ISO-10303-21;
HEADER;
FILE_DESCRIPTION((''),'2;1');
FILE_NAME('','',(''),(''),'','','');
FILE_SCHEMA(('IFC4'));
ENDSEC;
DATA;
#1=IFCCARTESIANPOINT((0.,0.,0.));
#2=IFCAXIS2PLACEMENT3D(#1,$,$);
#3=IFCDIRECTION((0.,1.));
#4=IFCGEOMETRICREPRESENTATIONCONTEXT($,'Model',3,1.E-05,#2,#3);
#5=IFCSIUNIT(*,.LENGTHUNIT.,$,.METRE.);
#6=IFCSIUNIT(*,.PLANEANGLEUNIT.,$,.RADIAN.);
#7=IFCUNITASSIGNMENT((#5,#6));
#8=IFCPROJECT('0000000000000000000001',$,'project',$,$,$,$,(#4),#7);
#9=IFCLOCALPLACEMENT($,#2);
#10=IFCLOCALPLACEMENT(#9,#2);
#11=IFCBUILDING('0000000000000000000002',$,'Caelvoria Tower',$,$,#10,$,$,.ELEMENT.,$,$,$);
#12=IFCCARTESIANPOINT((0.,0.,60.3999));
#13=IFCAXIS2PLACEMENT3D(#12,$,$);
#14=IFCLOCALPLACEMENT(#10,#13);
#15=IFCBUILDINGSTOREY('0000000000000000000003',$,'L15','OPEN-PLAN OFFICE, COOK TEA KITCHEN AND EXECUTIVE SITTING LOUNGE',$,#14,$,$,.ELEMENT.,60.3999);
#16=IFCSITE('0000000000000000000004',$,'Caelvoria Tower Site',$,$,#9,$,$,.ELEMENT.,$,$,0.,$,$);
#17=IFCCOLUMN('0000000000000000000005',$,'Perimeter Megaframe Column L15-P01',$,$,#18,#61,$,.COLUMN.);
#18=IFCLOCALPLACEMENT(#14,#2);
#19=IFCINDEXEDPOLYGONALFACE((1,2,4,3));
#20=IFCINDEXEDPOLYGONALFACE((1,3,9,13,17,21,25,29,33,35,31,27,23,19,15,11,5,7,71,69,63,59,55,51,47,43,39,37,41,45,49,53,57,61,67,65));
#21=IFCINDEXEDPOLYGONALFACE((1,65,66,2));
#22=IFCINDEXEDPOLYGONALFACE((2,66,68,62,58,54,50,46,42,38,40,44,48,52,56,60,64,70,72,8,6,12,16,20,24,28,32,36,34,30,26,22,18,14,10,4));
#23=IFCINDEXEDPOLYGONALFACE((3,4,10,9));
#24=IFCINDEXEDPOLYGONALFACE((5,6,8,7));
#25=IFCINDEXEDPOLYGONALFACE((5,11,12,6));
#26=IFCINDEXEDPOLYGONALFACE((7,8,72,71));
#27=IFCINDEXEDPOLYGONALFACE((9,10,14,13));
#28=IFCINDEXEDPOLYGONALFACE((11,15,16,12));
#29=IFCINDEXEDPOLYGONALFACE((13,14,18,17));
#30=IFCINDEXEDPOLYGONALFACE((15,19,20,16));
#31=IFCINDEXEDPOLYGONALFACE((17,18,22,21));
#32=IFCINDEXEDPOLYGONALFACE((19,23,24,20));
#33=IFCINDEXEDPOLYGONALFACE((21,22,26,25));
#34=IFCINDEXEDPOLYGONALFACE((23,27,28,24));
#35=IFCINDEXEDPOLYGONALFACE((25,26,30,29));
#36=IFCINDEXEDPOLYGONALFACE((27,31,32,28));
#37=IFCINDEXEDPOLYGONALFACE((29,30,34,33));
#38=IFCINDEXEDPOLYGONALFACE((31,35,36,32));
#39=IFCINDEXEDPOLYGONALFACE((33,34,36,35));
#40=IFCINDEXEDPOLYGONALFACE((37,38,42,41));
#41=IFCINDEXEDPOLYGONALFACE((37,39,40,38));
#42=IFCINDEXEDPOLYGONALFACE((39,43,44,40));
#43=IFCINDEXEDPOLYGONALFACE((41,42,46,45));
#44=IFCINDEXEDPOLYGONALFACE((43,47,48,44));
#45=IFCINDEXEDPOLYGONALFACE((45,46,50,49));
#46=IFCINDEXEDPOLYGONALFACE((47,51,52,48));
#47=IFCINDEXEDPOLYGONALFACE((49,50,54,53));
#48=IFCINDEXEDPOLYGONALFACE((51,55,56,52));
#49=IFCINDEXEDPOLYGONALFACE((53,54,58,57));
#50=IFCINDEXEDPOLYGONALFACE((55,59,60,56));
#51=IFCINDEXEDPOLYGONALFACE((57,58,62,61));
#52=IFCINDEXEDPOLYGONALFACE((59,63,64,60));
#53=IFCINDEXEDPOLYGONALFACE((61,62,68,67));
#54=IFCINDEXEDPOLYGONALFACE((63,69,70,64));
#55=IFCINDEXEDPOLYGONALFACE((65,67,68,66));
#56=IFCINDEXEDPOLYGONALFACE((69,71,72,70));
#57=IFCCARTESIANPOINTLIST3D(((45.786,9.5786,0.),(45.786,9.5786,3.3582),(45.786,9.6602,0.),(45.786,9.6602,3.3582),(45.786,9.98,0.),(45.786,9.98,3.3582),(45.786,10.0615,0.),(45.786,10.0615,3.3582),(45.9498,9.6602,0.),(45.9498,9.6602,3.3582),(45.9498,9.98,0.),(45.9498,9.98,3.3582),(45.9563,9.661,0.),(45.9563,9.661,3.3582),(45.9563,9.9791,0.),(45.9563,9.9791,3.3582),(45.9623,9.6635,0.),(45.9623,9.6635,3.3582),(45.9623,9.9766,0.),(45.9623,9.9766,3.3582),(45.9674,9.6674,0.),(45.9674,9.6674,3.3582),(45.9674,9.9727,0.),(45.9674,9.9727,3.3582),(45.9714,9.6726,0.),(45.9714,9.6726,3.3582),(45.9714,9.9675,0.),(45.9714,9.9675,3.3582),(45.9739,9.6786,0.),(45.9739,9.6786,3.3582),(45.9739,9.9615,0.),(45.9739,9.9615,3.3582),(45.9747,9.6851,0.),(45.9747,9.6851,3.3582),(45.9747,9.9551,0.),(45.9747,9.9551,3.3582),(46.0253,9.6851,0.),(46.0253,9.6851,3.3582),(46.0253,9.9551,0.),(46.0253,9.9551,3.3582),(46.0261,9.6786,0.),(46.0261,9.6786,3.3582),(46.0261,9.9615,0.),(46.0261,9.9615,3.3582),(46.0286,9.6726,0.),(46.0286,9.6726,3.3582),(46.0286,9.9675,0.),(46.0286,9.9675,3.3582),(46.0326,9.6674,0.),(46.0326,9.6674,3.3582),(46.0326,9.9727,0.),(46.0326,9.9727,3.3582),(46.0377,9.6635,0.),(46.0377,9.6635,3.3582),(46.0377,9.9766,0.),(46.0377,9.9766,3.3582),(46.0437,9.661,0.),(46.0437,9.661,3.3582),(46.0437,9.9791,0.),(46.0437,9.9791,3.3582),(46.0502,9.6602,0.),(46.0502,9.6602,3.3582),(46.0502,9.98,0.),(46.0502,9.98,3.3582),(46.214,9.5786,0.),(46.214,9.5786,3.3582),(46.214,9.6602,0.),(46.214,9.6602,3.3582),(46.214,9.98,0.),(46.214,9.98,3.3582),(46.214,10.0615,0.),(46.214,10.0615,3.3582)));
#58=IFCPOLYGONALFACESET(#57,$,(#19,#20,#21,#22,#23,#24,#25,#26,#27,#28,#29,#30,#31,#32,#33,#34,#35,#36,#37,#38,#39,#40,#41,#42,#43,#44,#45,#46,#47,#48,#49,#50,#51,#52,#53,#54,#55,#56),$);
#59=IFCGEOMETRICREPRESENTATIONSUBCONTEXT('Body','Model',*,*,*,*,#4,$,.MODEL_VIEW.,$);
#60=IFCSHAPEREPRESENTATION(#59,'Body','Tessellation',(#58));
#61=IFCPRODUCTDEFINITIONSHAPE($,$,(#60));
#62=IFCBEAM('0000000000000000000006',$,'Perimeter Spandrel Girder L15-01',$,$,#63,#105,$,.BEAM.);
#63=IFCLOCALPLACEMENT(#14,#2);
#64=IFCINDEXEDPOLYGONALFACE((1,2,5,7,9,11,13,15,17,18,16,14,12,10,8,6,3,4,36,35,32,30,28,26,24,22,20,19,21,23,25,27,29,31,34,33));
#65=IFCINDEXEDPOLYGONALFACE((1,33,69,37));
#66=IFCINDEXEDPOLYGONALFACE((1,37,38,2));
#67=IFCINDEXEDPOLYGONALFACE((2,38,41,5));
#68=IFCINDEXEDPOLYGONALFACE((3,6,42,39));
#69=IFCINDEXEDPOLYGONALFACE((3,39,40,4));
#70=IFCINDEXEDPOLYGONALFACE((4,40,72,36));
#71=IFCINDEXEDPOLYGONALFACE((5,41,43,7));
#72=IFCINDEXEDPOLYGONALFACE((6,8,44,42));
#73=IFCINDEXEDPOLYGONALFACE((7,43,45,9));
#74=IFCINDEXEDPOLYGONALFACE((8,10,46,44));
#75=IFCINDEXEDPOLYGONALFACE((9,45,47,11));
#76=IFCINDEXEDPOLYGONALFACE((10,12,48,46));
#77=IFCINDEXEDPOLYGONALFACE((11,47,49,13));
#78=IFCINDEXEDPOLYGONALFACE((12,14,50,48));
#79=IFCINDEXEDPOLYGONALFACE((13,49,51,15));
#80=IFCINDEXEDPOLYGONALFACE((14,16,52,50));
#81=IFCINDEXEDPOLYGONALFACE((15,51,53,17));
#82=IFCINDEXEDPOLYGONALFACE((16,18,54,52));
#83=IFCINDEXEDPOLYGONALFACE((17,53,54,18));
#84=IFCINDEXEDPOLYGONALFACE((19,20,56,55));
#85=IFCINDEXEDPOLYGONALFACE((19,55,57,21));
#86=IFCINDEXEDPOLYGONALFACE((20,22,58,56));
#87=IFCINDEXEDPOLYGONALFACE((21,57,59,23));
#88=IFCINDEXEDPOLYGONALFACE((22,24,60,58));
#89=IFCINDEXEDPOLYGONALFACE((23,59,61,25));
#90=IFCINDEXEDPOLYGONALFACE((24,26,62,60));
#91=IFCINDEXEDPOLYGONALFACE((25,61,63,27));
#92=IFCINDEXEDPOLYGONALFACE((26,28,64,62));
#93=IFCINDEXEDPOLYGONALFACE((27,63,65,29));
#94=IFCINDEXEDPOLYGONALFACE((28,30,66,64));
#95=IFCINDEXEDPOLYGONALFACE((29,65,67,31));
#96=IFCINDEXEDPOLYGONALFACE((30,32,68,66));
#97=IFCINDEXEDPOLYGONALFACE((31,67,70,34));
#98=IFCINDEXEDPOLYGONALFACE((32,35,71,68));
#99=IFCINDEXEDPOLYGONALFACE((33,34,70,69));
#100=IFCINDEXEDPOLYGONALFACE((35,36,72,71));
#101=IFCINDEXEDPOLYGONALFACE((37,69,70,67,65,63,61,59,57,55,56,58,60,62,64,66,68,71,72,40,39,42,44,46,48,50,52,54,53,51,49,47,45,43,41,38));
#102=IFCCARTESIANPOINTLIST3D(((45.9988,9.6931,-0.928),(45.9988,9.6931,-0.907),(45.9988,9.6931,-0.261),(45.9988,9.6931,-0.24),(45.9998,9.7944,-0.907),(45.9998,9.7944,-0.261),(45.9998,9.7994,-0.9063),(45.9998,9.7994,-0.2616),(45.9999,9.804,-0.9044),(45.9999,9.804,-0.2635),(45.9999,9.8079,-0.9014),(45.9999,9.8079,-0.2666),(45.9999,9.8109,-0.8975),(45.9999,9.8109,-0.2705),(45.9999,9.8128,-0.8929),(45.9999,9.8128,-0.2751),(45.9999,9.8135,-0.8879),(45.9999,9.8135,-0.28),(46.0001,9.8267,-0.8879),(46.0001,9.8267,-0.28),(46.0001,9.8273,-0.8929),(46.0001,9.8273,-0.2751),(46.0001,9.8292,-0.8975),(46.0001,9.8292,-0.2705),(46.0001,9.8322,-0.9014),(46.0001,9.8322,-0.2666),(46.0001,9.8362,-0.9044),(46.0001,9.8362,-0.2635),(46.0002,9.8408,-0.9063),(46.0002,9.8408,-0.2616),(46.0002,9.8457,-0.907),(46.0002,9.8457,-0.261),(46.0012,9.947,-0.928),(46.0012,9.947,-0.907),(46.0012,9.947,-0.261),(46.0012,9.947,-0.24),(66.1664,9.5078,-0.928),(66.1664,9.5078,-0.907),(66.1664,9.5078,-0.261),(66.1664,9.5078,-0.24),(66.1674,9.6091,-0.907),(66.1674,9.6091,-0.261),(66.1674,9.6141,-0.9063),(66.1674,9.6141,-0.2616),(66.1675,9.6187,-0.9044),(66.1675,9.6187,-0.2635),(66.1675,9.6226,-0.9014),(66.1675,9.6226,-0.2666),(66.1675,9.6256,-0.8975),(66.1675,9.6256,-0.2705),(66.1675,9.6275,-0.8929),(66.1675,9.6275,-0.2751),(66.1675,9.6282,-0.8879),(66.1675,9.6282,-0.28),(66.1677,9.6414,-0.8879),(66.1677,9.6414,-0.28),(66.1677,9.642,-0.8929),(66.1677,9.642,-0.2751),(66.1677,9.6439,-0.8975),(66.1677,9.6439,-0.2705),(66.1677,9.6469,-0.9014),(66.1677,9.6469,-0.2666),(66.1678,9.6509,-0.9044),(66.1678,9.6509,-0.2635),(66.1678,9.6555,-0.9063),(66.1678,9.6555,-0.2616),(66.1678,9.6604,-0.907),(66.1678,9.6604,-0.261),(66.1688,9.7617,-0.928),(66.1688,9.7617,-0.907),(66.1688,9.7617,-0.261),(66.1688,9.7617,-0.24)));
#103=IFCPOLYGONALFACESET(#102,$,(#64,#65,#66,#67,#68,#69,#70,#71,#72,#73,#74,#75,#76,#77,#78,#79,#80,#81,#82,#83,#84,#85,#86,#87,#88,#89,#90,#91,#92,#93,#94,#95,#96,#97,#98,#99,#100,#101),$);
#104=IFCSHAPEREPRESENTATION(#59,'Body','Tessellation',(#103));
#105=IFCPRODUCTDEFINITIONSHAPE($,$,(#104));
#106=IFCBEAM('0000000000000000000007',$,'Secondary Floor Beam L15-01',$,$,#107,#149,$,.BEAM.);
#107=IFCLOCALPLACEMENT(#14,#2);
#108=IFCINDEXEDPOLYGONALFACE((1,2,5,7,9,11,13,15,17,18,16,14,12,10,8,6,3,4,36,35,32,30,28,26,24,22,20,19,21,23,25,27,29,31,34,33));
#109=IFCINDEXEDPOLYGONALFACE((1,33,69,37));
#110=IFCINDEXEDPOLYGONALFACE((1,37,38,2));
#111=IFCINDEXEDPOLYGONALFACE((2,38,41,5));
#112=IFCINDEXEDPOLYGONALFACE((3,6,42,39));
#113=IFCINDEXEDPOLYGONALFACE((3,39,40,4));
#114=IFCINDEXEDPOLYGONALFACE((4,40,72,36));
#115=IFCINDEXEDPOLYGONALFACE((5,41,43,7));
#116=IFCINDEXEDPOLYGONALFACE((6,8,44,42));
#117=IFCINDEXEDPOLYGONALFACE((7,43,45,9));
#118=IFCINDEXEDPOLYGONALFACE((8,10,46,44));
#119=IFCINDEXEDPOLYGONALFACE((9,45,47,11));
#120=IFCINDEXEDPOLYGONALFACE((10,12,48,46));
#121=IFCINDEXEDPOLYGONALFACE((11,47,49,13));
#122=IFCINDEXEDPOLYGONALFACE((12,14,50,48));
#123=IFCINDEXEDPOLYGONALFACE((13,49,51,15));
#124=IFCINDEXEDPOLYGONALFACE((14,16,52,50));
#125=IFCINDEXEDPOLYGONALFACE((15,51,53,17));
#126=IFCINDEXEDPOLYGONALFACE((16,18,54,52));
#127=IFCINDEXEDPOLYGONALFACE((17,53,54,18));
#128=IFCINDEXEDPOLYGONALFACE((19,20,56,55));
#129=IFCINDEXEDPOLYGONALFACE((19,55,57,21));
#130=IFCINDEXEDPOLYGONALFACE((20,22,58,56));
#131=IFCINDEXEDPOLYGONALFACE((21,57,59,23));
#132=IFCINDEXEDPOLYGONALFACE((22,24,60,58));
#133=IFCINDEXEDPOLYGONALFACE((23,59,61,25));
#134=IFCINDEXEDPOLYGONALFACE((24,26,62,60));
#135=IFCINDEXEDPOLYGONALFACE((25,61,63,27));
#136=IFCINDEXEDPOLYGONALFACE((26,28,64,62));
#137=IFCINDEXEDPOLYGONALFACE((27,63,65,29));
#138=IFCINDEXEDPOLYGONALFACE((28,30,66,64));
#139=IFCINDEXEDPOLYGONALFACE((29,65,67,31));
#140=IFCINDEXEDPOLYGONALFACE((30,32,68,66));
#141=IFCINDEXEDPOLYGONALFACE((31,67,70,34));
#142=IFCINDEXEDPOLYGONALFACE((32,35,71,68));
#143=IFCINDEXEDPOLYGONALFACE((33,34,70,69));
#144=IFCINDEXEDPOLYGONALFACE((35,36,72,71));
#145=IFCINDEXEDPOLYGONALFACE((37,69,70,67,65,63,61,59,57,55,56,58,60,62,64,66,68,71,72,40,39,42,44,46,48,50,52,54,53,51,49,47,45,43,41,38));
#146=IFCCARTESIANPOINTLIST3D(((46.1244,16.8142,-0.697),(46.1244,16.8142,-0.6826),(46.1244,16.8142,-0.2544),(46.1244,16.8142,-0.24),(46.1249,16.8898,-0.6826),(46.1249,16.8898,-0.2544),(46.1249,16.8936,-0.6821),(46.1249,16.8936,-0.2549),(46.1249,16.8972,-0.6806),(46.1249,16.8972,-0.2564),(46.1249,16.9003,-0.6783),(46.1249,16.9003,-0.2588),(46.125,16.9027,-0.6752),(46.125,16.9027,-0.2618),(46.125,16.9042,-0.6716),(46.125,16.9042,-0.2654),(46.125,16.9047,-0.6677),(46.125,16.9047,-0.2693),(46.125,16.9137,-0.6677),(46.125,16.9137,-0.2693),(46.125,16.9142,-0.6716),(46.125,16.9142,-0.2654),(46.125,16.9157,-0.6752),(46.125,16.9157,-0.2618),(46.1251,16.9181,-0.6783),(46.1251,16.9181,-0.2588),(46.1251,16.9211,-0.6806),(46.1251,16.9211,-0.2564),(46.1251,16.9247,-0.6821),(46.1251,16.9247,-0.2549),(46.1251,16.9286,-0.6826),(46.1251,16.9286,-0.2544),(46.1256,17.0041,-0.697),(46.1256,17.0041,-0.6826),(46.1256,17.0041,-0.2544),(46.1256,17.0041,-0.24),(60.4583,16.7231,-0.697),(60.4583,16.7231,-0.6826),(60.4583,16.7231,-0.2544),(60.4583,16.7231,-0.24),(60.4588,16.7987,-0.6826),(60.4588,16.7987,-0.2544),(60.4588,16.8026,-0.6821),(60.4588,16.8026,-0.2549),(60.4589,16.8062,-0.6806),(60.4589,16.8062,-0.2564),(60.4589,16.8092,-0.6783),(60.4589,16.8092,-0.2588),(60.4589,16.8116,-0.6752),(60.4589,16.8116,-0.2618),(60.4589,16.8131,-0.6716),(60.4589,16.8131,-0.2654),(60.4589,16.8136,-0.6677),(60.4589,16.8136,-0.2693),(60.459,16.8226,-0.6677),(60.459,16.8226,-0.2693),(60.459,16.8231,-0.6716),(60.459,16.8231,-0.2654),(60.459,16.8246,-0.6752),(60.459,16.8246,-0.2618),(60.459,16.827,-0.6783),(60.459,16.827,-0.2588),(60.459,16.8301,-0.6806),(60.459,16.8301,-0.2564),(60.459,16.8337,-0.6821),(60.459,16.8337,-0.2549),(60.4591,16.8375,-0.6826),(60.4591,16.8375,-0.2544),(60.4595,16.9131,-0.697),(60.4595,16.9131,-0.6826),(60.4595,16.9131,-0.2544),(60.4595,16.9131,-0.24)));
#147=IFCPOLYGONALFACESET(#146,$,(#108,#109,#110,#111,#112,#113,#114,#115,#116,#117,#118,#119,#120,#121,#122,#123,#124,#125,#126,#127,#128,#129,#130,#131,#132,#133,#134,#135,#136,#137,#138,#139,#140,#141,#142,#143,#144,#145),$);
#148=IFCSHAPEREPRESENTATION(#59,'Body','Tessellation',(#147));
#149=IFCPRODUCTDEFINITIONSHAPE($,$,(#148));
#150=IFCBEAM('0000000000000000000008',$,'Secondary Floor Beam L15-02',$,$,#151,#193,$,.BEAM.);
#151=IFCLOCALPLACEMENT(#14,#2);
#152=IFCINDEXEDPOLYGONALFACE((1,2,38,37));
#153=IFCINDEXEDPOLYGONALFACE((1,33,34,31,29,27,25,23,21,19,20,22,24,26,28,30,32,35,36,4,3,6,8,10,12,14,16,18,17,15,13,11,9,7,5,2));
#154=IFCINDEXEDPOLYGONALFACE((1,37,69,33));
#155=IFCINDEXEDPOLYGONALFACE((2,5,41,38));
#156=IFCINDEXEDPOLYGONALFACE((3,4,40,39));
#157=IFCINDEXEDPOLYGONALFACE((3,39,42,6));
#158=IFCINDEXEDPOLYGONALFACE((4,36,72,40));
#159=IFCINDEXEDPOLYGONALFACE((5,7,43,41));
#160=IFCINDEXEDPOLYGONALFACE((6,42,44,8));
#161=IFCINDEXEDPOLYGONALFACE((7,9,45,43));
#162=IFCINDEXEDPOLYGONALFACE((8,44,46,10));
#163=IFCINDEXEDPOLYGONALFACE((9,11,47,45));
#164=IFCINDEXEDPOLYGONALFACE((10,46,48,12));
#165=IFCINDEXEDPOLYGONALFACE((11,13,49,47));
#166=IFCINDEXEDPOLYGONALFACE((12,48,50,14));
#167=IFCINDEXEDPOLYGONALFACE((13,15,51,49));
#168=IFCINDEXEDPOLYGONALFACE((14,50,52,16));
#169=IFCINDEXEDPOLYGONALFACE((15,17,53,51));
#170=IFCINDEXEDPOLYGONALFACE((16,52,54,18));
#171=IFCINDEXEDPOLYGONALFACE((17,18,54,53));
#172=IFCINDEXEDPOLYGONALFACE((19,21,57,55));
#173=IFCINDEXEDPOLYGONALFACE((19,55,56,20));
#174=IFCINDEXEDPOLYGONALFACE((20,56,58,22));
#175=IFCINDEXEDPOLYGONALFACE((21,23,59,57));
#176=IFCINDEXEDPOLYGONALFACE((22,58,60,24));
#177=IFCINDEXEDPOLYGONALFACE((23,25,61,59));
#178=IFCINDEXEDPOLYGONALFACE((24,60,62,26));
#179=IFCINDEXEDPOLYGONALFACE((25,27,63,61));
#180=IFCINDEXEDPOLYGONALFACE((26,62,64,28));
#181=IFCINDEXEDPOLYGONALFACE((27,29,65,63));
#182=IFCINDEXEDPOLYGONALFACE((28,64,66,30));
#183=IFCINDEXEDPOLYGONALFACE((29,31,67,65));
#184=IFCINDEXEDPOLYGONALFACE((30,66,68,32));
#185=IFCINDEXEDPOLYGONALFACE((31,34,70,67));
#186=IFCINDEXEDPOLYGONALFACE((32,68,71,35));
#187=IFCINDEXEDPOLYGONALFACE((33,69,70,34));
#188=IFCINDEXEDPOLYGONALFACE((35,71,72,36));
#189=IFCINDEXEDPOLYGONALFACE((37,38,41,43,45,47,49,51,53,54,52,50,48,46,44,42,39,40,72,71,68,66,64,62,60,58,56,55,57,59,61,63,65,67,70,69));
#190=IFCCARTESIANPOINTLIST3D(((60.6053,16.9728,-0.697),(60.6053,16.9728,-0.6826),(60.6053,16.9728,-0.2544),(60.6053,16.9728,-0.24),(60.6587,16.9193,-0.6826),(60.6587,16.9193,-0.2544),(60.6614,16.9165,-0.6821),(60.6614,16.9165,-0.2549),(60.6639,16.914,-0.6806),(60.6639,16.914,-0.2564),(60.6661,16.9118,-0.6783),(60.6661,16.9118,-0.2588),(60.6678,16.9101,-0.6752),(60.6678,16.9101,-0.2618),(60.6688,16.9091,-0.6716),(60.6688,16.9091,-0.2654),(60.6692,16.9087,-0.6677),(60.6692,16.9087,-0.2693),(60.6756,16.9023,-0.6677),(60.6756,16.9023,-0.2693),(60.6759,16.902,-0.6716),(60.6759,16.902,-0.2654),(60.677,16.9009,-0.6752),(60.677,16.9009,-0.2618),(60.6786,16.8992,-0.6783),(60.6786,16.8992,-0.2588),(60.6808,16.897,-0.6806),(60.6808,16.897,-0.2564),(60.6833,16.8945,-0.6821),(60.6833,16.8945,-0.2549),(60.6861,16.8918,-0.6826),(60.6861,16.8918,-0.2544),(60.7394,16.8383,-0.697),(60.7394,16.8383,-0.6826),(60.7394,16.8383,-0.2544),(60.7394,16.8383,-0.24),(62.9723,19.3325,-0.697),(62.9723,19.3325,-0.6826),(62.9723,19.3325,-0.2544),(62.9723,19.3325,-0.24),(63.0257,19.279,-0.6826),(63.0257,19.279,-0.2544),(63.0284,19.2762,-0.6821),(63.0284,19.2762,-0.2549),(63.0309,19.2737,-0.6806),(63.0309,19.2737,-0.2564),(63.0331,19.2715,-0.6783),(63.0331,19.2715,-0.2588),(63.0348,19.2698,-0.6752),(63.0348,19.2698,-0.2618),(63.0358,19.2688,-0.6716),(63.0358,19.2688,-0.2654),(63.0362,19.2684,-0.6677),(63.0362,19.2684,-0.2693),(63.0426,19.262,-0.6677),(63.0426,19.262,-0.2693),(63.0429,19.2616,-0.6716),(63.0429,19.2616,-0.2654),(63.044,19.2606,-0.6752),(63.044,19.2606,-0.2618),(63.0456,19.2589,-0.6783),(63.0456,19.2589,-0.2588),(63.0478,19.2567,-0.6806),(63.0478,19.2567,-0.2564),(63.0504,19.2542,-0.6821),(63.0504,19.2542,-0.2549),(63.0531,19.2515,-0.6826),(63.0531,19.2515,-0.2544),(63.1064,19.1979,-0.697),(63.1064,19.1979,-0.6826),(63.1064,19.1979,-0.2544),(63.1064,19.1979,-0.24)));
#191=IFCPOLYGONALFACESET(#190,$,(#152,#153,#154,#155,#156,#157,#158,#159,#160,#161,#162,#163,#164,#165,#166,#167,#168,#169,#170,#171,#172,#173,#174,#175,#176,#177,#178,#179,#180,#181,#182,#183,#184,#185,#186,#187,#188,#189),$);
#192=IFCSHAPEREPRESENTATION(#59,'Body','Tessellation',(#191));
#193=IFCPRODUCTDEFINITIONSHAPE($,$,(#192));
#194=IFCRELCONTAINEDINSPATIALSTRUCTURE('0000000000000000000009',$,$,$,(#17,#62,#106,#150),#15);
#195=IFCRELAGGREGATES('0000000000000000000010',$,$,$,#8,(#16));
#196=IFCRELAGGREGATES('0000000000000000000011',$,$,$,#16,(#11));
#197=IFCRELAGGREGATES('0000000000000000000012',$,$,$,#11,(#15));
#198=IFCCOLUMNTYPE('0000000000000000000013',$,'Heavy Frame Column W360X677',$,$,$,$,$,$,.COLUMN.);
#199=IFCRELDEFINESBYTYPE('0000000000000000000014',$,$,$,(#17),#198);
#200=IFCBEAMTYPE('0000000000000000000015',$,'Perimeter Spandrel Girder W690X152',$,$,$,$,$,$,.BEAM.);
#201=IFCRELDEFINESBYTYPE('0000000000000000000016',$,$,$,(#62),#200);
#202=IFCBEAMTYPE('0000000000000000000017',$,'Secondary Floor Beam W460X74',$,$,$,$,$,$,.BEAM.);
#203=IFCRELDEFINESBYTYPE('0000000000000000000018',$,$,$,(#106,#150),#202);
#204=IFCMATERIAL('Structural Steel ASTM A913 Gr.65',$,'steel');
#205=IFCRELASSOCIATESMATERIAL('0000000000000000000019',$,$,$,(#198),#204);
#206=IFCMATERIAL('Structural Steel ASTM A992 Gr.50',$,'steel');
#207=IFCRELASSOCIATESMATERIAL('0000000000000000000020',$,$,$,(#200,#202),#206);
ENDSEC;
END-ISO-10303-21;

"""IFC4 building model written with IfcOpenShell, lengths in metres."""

from ifc_helpers import new_model, si_unit, direction, frame, origin, origin_2d, place, context, subcontext, project, spatial, i_section, extrude, material, material_profile, profile_set, type_object, element, save


model = new_model("IFC4")

# Units and contexts
model_context = context("Model", 3, precision=1e-05, world=origin(), true_north=direction((0.0, 1.0)))
body_context = subcontext(model_context, "Body", "Model", "MODEL_VIEW")
ifc_project = project(units=[si_unit("LENGTHUNIT", "METRE"), si_unit("PLANEANGLEUNIT", "RADIAN")], contexts=[model_context])

# Site, building, storey
site_placement = place(None, origin())
site = spatial("IfcSite", under=ifc_project, at=site_placement, Name="Caelvoria Tower Site", CompositionType="ELEMENT", RefElevation=0.0)
building_placement = place(site_placement, origin())
building = spatial("IfcBuilding", under=site, at=building_placement, Name="Caelvoria Tower", CompositionType="ELEMENT")
storey_placement = place(building_placement, frame((0.0, 0.0, 60.3999)))
storey = spatial("IfcBuildingStorey", under=building, at=storey_placement, Name="L15", Description="OPEN-PLAN OFFICE, COOK TEA KITCHEN AND EXECUTIVE SITTING LOUNGE", CompositionType="ELEMENT", Elevation=60.3999)

# Column
ifc_material_1 = material(Name="Structural Steel ASTM A913 Gr.65", Category="steel")
ifc_material_profile_1 = material_profile(ifc_material_1, i_section(OverallWidth=0.428, OverallDepth=0.4829, WebThickness=0.0505, FlangeThickness=0.0815, FilletRadius=0.0249, at=origin_2d()), Name="Structural Steel ASTM A913 Gr.65")
ifc_profile_set_1 = profile_set([ifc_material_profile_1], Name="W360X677 - Structural Steel ASTM A913 Gr.65")
column_type = type_object("IfcColumnType", Name="Heavy Frame Column W360X677", PredefinedType="COLUMN", material=ifc_profile_set_1)
column_placement = place(storey_placement, frame((46.0, 9.8201, 0.0), z_axis=(0.0, 0.0, 1.0), x_axis=(1.0, 0.0, 0.0)))
element("IfcColumn", 1, at=column_placement, inside=storey, type_object=column_type, Name="Perimeter Megaframe Column L15-P01", PredefinedType="COLUMN", context=body_context, shape_type="SweptSolid", body=[
    extrude(i_section(OverallWidth=0.428, OverallDepth=0.4829, WebThickness=0.0505, FlangeThickness=0.0815, FilletRadius=0.0249, at=origin_2d()), origin(), (0.0, 0.0, 1.0), 3.3582),
])

# Beams
ifc_material_2 = material(Name="Structural Steel ASTM A992 Gr.50", Category="steel")
ifc_material_profile_2 = material_profile(ifc_material_2, i_section(OverallWidth=0.2539, OverallDepth=0.688, WebThickness=0.0132, FlangeThickness=0.021, FilletRadius=0.019, at=origin_2d()), Name="Structural Steel ASTM A992 Gr.50")
ifc_profile_set_2 = profile_set([ifc_material_profile_2], Name="W690X152 - Structural Steel ASTM A992 Gr.50")
beam_type_1 = type_object("IfcBeamType", Name="Perimeter Spandrel Girder W690X152", PredefinedType="BEAM", material=ifc_profile_set_2)
beam_1_placement = place(storey_placement, frame((46.0, 9.8201, -0.584), z_axis=(0.999958, -0.009188, 0.0), x_axis=(0.009188, 0.999958, 0.0)))
element("IfcBeam", 2, at=beam_1_placement, inside=storey, type_object=beam_type_1, Name="Perimeter Spandrel Girder L15-01", PredefinedType="BEAM", context=body_context, shape_type="SweptSolid", body=[
    extrude(i_section(OverallWidth=0.2539, OverallDepth=0.688, WebThickness=0.0132, FlangeThickness=0.021, FilletRadius=0.019, at=origin_2d()), origin(), (0.0, 0.0, 1.0), 20.1685),
])
ifc_material_profile_3 = material_profile(ifc_material_2, i_section(OverallWidth=0.1899, OverallDepth=0.457, WebThickness=0.009, FlangeThickness=0.0144, FilletRadius=0.0149, at=origin_2d()), Name="Structural Steel ASTM A992 Gr.50")
ifc_profile_set_3 = profile_set([ifc_material_profile_3], Name="W460X74 - Structural Steel ASTM A992 Gr.50")
beam_type_2 = type_object("IfcBeamType", Name="Secondary Floor Beam W460X74", PredefinedType="BEAM", material=ifc_profile_set_3)
beam_2_placement = place(storey_placement, frame((46.125, 16.9092, -0.4685), z_axis=(0.99998, -0.006353, 0.0), x_axis=(0.006353, 0.99998, 0.0)))
element("IfcBeam", 3, at=beam_2_placement, inside=storey, type_object=beam_type_2, Name="Secondary Floor Beam L15-01", PredefinedType="BEAM", context=body_context, shape_type="SweptSolid", body=[
    extrude(i_section(OverallWidth=0.1899, OverallDepth=0.457, WebThickness=0.009, FlangeThickness=0.0144, FilletRadius=0.0149, at=origin_2d()), origin(), (0.0, 0.0, 1.0), 14.3342),
])
beam_3_placement = place(storey_placement, frame((60.6724, 16.9055, -0.4685), z_axis=(0.708202, 0.70601, 0.0), x_axis=(-0.70601, 0.708202, 0.0)))
element("IfcBeam", 4, at=beam_3_placement, inside=storey, type_object=beam_type_2, Name="Secondary Floor Beam L15-02", PredefinedType="BEAM", context=body_context, shape_type="SweptSolid", body=[
    extrude(i_section(OverallWidth=0.1899, OverallDepth=0.457, WebThickness=0.009, FlangeThickness=0.0144, FilletRadius=0.0149, at=origin_2d()), origin(), (0.0, 0.0, 1.0), 3.3423),
])

save(model, "model.ifc")
